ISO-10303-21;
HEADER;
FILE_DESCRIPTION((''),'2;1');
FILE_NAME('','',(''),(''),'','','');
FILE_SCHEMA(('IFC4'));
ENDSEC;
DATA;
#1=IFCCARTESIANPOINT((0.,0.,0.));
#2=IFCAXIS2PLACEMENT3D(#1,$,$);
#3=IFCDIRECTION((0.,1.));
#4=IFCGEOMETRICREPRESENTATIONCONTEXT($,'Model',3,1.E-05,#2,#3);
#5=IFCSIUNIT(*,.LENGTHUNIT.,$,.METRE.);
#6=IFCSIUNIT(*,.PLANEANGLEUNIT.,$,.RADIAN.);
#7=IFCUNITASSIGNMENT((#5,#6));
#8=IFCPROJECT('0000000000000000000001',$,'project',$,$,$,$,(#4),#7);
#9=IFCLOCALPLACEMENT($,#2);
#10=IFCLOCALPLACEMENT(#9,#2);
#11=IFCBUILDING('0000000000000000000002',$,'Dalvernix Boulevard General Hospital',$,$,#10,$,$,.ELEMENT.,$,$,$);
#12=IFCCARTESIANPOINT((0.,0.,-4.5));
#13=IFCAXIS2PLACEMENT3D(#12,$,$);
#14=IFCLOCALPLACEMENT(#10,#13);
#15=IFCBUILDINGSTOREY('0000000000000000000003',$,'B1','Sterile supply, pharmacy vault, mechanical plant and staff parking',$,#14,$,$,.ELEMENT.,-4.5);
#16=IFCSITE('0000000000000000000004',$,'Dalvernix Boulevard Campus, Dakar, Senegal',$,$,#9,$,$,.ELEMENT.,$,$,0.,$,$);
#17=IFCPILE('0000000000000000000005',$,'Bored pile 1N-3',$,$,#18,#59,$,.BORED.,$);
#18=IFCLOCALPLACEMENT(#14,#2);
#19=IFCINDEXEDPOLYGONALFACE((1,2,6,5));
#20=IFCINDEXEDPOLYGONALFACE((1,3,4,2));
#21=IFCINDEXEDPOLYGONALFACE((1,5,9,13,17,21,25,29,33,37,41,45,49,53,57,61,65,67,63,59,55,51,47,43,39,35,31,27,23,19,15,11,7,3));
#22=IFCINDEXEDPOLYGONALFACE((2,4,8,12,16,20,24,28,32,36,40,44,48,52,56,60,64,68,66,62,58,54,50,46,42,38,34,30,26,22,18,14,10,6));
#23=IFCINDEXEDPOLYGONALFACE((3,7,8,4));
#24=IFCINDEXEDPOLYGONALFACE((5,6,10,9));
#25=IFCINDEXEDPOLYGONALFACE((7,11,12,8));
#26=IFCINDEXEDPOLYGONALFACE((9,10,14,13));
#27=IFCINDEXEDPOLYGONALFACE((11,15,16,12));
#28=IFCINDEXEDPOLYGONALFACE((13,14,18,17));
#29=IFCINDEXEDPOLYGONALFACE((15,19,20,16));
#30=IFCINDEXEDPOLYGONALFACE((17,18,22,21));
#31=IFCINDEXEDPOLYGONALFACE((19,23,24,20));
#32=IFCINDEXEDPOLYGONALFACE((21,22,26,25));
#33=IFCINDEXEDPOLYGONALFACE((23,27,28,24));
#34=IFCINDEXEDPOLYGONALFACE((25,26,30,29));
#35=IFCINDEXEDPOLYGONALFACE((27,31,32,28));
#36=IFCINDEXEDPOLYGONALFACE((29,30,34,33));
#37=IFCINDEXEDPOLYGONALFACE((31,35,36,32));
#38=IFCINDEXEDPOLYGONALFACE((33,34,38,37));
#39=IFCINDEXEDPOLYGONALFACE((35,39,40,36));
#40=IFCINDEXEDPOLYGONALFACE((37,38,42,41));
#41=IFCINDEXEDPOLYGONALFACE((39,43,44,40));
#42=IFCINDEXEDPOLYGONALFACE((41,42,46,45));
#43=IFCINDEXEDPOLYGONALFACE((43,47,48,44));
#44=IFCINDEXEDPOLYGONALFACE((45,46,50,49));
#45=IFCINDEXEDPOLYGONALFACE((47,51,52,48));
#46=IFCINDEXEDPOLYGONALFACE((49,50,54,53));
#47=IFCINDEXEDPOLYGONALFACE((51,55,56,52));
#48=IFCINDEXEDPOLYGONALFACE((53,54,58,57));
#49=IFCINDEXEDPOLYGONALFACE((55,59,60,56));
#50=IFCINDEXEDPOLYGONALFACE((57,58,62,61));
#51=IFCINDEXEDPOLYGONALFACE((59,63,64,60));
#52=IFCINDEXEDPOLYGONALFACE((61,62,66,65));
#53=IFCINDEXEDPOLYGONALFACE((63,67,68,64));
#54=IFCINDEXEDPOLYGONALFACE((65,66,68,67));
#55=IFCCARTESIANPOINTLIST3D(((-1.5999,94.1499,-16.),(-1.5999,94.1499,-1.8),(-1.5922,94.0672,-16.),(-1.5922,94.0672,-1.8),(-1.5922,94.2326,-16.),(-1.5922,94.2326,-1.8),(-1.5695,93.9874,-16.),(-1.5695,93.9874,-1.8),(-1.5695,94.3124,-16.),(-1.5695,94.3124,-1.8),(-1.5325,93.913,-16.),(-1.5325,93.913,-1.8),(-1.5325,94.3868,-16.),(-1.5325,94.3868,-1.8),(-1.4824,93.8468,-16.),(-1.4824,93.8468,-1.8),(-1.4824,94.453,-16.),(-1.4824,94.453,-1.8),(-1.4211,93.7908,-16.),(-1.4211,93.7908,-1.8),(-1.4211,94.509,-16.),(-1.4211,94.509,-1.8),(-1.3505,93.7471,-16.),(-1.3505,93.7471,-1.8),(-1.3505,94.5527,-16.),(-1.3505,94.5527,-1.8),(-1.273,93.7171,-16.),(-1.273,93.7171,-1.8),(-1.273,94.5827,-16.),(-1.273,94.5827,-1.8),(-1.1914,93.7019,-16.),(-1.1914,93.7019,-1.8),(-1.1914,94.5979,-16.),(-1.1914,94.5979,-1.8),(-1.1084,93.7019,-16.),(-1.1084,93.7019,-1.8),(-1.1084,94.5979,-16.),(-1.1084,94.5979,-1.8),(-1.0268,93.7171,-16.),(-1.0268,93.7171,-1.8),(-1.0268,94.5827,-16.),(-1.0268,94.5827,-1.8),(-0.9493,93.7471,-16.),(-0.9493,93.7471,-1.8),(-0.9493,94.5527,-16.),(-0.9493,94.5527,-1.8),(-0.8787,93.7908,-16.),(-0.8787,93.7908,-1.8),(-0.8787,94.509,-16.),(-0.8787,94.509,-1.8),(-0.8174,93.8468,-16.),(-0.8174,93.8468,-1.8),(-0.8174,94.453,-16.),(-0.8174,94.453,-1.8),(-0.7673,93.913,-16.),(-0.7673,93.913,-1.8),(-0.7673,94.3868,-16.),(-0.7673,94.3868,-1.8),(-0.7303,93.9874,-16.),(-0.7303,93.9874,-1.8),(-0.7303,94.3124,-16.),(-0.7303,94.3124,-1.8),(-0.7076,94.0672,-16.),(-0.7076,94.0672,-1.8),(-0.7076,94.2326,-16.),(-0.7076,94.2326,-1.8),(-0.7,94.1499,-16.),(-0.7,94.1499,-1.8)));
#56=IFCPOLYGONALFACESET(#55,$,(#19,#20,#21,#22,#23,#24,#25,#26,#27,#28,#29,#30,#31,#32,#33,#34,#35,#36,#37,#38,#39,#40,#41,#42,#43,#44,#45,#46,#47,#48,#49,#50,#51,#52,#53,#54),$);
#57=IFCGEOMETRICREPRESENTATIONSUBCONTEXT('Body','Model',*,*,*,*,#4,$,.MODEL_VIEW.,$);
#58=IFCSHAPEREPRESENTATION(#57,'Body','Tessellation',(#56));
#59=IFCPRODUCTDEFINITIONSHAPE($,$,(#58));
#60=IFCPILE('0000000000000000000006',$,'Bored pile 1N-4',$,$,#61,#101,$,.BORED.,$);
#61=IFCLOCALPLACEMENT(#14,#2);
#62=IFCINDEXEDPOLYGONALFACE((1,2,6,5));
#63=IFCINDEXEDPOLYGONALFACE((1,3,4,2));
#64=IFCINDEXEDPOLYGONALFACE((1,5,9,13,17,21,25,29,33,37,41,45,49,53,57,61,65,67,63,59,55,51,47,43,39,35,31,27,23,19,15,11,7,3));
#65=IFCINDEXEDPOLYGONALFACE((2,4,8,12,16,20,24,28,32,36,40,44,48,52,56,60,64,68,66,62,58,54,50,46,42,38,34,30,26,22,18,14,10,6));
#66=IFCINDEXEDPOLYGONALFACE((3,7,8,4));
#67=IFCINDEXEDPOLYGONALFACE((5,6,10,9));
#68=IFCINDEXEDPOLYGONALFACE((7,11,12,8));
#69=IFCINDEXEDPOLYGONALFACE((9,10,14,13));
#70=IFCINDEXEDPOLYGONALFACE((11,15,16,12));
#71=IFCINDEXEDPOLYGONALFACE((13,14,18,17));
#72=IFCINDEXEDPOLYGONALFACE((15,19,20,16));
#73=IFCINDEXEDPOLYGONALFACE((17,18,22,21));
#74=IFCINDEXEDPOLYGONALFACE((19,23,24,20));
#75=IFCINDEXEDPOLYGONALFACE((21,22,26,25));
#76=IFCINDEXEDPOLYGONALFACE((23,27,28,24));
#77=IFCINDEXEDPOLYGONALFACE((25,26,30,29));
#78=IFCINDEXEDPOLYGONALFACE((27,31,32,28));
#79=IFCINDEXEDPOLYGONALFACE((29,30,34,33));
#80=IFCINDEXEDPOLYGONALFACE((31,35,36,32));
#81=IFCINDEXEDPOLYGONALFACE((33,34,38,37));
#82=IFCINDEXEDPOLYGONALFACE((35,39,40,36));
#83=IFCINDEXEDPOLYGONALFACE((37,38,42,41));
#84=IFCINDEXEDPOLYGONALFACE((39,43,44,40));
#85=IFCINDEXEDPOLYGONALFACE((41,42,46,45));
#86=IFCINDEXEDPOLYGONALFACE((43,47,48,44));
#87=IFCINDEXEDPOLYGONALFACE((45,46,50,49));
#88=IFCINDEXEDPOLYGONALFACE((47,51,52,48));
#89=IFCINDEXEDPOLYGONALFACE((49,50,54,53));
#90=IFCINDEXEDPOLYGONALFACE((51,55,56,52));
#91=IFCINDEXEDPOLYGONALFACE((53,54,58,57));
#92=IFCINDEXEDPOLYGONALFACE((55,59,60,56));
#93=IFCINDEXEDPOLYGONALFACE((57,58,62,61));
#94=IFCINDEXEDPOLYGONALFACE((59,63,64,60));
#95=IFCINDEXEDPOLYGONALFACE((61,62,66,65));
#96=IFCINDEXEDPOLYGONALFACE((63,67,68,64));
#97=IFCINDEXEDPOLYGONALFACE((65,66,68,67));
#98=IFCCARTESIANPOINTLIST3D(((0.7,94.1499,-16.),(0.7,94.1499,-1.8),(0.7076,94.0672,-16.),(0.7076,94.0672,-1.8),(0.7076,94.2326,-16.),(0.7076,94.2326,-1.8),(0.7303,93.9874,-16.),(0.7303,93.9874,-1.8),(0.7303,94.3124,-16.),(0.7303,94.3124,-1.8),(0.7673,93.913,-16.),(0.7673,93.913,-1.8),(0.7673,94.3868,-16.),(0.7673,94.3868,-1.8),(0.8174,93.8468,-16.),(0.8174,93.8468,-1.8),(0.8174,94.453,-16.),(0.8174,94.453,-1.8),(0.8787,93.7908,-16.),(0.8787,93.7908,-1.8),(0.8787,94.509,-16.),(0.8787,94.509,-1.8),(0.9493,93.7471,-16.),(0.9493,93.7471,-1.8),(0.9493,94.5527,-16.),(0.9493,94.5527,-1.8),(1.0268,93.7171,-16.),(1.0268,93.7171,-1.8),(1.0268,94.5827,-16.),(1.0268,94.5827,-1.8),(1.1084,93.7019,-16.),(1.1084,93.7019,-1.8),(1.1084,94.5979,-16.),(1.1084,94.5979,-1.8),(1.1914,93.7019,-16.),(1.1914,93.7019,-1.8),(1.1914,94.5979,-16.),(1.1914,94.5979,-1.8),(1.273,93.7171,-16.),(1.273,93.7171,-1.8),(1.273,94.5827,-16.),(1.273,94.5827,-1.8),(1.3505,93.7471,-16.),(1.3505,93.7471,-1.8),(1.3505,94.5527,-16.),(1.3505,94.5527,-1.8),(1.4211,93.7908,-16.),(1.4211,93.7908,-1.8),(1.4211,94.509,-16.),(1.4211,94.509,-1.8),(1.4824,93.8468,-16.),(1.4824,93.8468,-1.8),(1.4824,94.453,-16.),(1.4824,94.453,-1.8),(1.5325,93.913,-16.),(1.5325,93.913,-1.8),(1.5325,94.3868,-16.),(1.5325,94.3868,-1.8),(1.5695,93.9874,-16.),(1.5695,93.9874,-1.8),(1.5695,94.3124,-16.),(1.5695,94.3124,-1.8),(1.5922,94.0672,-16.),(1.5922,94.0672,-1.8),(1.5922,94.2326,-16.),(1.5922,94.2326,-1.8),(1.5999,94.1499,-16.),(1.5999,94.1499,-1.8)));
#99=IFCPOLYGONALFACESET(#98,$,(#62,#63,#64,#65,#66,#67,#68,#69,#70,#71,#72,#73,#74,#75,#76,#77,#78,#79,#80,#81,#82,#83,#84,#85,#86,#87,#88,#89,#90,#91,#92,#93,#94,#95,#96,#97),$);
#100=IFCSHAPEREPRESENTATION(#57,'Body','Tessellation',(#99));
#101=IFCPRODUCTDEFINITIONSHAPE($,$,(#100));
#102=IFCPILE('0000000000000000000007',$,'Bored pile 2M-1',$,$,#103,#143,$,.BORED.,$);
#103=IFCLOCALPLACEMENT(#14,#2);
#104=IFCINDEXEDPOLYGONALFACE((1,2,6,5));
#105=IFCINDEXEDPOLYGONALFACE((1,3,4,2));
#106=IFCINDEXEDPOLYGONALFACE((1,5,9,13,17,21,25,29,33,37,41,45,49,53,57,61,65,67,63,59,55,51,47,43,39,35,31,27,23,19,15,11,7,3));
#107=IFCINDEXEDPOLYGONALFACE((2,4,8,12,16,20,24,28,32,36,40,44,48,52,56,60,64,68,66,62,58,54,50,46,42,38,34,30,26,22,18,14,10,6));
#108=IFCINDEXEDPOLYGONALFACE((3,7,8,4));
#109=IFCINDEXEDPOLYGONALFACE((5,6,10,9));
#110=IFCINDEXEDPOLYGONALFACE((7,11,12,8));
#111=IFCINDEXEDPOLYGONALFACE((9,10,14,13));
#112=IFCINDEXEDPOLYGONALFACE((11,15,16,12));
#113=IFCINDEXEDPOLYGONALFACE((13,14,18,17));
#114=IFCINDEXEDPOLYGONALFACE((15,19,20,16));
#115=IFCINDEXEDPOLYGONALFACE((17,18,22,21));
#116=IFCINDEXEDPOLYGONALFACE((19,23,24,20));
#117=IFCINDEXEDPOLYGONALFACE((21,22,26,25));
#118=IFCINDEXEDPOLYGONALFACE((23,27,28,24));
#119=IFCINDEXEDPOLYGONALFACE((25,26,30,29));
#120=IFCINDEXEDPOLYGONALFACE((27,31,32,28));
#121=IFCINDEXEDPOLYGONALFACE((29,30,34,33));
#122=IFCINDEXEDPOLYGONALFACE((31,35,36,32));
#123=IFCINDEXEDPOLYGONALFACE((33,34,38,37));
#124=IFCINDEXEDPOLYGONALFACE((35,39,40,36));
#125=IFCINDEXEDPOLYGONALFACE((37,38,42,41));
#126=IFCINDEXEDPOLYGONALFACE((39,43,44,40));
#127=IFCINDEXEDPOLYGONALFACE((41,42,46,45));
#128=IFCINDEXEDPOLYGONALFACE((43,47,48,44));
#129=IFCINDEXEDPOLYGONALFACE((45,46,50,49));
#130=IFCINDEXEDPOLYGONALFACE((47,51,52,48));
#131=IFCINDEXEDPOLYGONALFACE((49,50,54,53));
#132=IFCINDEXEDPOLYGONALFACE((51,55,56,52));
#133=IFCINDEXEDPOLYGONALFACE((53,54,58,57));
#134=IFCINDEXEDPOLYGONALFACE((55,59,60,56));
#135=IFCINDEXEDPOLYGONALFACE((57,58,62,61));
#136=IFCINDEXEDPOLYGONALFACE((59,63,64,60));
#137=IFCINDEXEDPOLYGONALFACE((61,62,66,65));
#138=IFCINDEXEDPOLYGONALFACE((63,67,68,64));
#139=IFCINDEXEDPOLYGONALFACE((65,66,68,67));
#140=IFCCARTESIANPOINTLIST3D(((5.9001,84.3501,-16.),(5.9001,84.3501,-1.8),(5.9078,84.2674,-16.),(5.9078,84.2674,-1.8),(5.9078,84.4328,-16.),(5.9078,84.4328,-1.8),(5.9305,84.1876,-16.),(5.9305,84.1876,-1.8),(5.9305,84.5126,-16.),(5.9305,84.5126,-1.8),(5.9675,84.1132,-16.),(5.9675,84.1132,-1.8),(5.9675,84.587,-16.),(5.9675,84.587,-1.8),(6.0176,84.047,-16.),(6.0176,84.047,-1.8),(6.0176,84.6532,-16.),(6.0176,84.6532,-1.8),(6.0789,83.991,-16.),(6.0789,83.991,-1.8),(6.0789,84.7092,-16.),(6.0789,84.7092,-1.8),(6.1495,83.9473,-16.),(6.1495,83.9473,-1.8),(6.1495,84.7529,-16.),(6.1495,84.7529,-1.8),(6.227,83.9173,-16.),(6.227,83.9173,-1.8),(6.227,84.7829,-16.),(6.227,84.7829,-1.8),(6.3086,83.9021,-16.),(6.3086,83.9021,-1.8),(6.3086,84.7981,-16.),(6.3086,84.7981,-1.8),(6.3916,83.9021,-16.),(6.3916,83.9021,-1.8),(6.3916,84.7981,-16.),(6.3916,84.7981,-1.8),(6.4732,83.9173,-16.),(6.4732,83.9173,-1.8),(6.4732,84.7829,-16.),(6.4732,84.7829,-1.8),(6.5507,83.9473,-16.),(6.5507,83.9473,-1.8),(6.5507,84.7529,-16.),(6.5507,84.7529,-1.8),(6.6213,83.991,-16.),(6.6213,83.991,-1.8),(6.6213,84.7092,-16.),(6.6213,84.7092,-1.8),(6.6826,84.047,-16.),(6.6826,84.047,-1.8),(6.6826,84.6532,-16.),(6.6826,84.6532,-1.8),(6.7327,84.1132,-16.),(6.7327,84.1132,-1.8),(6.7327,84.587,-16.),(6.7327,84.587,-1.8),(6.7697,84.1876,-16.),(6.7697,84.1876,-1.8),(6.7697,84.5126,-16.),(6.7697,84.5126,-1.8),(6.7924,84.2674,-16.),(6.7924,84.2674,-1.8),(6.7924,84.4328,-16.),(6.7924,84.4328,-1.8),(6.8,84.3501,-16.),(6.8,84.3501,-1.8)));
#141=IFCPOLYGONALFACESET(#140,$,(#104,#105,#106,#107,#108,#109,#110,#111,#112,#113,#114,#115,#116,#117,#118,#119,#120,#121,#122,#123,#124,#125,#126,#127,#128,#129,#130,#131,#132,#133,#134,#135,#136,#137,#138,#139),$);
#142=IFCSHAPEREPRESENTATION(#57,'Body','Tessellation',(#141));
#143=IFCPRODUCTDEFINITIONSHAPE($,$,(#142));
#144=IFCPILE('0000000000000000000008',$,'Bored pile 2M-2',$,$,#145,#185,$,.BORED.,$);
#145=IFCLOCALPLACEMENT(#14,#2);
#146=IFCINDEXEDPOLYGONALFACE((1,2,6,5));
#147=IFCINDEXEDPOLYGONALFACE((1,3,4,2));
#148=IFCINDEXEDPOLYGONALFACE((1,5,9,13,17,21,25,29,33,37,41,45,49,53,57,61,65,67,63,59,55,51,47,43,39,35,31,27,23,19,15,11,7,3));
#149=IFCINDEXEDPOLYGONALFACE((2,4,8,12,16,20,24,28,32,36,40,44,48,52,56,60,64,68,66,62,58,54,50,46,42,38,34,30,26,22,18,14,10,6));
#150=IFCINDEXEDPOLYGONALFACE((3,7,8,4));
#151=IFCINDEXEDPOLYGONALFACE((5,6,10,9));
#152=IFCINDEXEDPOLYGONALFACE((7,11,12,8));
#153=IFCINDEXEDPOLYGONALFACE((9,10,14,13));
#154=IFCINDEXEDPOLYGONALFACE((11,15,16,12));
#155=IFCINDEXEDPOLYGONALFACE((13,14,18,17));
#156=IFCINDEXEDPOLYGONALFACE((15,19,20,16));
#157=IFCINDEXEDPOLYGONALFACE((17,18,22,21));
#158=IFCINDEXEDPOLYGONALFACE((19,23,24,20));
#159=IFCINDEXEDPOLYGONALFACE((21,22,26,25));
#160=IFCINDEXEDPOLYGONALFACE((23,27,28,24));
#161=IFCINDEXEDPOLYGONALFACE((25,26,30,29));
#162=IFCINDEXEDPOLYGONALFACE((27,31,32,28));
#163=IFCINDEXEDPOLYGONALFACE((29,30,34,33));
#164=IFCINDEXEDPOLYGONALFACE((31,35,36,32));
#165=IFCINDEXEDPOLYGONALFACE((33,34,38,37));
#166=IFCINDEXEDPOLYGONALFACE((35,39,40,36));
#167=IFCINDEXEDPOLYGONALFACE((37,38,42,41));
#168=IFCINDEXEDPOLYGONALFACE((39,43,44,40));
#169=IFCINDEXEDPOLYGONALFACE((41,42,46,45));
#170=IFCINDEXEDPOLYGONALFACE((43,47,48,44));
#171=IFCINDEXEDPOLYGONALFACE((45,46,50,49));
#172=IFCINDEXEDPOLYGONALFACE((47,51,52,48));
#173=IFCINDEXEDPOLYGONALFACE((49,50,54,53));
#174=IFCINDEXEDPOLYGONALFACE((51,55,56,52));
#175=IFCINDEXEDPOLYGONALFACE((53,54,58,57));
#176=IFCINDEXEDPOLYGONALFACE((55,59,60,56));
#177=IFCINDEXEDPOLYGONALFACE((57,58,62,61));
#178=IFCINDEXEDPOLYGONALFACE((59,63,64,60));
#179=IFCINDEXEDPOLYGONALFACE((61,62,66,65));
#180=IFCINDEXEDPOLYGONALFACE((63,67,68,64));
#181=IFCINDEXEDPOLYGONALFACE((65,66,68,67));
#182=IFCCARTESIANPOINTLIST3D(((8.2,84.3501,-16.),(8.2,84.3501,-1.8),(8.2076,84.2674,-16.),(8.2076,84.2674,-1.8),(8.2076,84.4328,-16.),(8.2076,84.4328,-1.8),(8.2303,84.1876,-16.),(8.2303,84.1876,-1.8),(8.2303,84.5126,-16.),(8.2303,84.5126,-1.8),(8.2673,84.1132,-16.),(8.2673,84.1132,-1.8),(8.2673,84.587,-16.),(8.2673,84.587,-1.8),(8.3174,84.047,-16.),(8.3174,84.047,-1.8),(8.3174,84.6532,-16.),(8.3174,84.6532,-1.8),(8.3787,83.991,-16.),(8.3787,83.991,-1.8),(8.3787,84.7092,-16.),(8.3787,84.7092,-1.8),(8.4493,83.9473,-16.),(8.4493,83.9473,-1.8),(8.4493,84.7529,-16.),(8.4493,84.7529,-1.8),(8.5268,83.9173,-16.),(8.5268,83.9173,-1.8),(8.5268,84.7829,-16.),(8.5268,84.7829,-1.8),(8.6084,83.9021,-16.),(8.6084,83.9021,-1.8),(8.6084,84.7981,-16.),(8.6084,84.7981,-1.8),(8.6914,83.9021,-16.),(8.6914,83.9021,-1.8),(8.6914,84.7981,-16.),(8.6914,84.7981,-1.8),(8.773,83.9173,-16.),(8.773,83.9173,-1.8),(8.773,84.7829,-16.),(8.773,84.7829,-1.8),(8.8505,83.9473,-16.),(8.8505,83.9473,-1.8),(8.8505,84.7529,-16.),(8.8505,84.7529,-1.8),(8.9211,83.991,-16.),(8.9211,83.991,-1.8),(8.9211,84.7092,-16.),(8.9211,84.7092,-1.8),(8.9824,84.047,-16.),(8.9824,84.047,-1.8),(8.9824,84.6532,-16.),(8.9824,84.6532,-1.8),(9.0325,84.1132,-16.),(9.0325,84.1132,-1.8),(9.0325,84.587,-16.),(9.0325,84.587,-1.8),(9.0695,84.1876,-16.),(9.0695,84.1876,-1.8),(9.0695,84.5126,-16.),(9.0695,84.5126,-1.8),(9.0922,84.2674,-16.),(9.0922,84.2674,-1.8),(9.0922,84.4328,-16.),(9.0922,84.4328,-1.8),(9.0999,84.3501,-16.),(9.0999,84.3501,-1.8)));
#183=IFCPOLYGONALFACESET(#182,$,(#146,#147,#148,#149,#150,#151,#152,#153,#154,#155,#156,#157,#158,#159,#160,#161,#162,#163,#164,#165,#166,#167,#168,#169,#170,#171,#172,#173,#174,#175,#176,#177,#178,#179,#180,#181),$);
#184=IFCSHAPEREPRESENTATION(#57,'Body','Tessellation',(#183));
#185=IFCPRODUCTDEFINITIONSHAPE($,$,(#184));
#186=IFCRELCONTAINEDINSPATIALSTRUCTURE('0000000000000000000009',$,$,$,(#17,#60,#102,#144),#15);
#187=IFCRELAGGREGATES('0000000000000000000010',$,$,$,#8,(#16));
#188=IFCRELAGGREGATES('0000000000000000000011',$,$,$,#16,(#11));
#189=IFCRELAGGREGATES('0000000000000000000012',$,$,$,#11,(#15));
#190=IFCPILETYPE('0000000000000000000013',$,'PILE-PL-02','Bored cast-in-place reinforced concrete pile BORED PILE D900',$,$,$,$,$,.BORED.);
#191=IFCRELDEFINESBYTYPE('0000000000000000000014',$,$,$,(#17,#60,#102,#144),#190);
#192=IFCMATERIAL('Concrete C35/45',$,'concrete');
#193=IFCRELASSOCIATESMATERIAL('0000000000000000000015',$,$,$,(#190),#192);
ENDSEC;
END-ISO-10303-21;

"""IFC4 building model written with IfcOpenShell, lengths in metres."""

from ifc_helpers import new_model, si_unit, direction, frame, origin, origin_2d, place, context, subcontext, project, spatial, circle, extrude, material, material_profile, profile_set, type_object, element, save


model = new_model("IFC4")

# Units and contexts
model_context = context("Model", 3, precision=1e-05, world=origin(), true_north=direction((0.0, 1.0)))
body_context = subcontext(model_context, "Body", "Model", "MODEL_VIEW")
ifc_project = project(units=[si_unit("LENGTHUNIT", "METRE"), si_unit("PLANEANGLEUNIT", "RADIAN")], contexts=[model_context])

# Site, building, storey
site_placement = place(None, origin())
site = spatial("IfcSite", under=ifc_project, at=site_placement, Name="Dalvernix Boulevard Campus, Dakar, Senegal", CompositionType="ELEMENT", RefElevation=0.0)
building_placement = place(site_placement, origin())
building = spatial("IfcBuilding", under=site, at=building_placement, Name="Dalvernix Boulevard General Hospital", CompositionType="ELEMENT")
storey_placement = place(building_placement, frame((0.0, 0.0, -4.5)))
storey = spatial("IfcBuildingStorey", under=building, at=storey_placement, Name="B1", Description="Sterile supply, pharmacy vault, mechanical plant and staff parking", CompositionType="ELEMENT", Elevation=-4.5)

# Shared definitions
ifc_material_1 = material(Name="Concrete C35/45", Category="concrete")

# Piles
ifc_material_profile_1 = material_profile(ifc_material_1, circle(Radius=0.45, at=origin_2d()), Name="BORED PILE D900")
ifc_profile_set_1 = profile_set([ifc_material_profile_1], Name="Concrete C35/45")
pile_type_1 = type_object("IfcPileType", Name="PILE-PL-02", Description="Bored cast-in-place reinforced concrete pile BORED PILE D900", PredefinedType="BORED", material=ifc_profile_set_1)
for number, where, z_axis, x_axis, name in (
    (1, (-1.1499, 94.1499, -1.8), (0.0, 0.0, -1.0), (1.0, 0.0, 0.0), "Bored pile 1N-3"),
    (2, (1.1499, 94.1499, -1.8), (0.0, 0.0, -1.0), (1.0, 0.0, 0.0), "Bored pile 1N-4"),
    (3, (6.3501, 84.3501, -1.8), (0.0, 0.0, -1.0), (1.0, 0.0, 0.0), "Bored pile 2M-1"),
    (4, (8.6499, 84.3501, -1.8), (0.0, 0.0, -1.0), (1.0, 0.0, 0.0), "Bored pile 2M-2"),
):
    element("IfcPile", number, at=place(storey_placement, frame(where, z_axis=z_axis, x_axis=x_axis)), inside=storey, type_object=pile_type_1, Name=name, PredefinedType="BORED", context=body_context, shape_type="SweptSolid", body=[
        extrude(circle(Radius=0.45, at=origin_2d()), origin(), (0.0, 0.0, 1.0), 14.2),
    ])

save(model, "model.ifc")
